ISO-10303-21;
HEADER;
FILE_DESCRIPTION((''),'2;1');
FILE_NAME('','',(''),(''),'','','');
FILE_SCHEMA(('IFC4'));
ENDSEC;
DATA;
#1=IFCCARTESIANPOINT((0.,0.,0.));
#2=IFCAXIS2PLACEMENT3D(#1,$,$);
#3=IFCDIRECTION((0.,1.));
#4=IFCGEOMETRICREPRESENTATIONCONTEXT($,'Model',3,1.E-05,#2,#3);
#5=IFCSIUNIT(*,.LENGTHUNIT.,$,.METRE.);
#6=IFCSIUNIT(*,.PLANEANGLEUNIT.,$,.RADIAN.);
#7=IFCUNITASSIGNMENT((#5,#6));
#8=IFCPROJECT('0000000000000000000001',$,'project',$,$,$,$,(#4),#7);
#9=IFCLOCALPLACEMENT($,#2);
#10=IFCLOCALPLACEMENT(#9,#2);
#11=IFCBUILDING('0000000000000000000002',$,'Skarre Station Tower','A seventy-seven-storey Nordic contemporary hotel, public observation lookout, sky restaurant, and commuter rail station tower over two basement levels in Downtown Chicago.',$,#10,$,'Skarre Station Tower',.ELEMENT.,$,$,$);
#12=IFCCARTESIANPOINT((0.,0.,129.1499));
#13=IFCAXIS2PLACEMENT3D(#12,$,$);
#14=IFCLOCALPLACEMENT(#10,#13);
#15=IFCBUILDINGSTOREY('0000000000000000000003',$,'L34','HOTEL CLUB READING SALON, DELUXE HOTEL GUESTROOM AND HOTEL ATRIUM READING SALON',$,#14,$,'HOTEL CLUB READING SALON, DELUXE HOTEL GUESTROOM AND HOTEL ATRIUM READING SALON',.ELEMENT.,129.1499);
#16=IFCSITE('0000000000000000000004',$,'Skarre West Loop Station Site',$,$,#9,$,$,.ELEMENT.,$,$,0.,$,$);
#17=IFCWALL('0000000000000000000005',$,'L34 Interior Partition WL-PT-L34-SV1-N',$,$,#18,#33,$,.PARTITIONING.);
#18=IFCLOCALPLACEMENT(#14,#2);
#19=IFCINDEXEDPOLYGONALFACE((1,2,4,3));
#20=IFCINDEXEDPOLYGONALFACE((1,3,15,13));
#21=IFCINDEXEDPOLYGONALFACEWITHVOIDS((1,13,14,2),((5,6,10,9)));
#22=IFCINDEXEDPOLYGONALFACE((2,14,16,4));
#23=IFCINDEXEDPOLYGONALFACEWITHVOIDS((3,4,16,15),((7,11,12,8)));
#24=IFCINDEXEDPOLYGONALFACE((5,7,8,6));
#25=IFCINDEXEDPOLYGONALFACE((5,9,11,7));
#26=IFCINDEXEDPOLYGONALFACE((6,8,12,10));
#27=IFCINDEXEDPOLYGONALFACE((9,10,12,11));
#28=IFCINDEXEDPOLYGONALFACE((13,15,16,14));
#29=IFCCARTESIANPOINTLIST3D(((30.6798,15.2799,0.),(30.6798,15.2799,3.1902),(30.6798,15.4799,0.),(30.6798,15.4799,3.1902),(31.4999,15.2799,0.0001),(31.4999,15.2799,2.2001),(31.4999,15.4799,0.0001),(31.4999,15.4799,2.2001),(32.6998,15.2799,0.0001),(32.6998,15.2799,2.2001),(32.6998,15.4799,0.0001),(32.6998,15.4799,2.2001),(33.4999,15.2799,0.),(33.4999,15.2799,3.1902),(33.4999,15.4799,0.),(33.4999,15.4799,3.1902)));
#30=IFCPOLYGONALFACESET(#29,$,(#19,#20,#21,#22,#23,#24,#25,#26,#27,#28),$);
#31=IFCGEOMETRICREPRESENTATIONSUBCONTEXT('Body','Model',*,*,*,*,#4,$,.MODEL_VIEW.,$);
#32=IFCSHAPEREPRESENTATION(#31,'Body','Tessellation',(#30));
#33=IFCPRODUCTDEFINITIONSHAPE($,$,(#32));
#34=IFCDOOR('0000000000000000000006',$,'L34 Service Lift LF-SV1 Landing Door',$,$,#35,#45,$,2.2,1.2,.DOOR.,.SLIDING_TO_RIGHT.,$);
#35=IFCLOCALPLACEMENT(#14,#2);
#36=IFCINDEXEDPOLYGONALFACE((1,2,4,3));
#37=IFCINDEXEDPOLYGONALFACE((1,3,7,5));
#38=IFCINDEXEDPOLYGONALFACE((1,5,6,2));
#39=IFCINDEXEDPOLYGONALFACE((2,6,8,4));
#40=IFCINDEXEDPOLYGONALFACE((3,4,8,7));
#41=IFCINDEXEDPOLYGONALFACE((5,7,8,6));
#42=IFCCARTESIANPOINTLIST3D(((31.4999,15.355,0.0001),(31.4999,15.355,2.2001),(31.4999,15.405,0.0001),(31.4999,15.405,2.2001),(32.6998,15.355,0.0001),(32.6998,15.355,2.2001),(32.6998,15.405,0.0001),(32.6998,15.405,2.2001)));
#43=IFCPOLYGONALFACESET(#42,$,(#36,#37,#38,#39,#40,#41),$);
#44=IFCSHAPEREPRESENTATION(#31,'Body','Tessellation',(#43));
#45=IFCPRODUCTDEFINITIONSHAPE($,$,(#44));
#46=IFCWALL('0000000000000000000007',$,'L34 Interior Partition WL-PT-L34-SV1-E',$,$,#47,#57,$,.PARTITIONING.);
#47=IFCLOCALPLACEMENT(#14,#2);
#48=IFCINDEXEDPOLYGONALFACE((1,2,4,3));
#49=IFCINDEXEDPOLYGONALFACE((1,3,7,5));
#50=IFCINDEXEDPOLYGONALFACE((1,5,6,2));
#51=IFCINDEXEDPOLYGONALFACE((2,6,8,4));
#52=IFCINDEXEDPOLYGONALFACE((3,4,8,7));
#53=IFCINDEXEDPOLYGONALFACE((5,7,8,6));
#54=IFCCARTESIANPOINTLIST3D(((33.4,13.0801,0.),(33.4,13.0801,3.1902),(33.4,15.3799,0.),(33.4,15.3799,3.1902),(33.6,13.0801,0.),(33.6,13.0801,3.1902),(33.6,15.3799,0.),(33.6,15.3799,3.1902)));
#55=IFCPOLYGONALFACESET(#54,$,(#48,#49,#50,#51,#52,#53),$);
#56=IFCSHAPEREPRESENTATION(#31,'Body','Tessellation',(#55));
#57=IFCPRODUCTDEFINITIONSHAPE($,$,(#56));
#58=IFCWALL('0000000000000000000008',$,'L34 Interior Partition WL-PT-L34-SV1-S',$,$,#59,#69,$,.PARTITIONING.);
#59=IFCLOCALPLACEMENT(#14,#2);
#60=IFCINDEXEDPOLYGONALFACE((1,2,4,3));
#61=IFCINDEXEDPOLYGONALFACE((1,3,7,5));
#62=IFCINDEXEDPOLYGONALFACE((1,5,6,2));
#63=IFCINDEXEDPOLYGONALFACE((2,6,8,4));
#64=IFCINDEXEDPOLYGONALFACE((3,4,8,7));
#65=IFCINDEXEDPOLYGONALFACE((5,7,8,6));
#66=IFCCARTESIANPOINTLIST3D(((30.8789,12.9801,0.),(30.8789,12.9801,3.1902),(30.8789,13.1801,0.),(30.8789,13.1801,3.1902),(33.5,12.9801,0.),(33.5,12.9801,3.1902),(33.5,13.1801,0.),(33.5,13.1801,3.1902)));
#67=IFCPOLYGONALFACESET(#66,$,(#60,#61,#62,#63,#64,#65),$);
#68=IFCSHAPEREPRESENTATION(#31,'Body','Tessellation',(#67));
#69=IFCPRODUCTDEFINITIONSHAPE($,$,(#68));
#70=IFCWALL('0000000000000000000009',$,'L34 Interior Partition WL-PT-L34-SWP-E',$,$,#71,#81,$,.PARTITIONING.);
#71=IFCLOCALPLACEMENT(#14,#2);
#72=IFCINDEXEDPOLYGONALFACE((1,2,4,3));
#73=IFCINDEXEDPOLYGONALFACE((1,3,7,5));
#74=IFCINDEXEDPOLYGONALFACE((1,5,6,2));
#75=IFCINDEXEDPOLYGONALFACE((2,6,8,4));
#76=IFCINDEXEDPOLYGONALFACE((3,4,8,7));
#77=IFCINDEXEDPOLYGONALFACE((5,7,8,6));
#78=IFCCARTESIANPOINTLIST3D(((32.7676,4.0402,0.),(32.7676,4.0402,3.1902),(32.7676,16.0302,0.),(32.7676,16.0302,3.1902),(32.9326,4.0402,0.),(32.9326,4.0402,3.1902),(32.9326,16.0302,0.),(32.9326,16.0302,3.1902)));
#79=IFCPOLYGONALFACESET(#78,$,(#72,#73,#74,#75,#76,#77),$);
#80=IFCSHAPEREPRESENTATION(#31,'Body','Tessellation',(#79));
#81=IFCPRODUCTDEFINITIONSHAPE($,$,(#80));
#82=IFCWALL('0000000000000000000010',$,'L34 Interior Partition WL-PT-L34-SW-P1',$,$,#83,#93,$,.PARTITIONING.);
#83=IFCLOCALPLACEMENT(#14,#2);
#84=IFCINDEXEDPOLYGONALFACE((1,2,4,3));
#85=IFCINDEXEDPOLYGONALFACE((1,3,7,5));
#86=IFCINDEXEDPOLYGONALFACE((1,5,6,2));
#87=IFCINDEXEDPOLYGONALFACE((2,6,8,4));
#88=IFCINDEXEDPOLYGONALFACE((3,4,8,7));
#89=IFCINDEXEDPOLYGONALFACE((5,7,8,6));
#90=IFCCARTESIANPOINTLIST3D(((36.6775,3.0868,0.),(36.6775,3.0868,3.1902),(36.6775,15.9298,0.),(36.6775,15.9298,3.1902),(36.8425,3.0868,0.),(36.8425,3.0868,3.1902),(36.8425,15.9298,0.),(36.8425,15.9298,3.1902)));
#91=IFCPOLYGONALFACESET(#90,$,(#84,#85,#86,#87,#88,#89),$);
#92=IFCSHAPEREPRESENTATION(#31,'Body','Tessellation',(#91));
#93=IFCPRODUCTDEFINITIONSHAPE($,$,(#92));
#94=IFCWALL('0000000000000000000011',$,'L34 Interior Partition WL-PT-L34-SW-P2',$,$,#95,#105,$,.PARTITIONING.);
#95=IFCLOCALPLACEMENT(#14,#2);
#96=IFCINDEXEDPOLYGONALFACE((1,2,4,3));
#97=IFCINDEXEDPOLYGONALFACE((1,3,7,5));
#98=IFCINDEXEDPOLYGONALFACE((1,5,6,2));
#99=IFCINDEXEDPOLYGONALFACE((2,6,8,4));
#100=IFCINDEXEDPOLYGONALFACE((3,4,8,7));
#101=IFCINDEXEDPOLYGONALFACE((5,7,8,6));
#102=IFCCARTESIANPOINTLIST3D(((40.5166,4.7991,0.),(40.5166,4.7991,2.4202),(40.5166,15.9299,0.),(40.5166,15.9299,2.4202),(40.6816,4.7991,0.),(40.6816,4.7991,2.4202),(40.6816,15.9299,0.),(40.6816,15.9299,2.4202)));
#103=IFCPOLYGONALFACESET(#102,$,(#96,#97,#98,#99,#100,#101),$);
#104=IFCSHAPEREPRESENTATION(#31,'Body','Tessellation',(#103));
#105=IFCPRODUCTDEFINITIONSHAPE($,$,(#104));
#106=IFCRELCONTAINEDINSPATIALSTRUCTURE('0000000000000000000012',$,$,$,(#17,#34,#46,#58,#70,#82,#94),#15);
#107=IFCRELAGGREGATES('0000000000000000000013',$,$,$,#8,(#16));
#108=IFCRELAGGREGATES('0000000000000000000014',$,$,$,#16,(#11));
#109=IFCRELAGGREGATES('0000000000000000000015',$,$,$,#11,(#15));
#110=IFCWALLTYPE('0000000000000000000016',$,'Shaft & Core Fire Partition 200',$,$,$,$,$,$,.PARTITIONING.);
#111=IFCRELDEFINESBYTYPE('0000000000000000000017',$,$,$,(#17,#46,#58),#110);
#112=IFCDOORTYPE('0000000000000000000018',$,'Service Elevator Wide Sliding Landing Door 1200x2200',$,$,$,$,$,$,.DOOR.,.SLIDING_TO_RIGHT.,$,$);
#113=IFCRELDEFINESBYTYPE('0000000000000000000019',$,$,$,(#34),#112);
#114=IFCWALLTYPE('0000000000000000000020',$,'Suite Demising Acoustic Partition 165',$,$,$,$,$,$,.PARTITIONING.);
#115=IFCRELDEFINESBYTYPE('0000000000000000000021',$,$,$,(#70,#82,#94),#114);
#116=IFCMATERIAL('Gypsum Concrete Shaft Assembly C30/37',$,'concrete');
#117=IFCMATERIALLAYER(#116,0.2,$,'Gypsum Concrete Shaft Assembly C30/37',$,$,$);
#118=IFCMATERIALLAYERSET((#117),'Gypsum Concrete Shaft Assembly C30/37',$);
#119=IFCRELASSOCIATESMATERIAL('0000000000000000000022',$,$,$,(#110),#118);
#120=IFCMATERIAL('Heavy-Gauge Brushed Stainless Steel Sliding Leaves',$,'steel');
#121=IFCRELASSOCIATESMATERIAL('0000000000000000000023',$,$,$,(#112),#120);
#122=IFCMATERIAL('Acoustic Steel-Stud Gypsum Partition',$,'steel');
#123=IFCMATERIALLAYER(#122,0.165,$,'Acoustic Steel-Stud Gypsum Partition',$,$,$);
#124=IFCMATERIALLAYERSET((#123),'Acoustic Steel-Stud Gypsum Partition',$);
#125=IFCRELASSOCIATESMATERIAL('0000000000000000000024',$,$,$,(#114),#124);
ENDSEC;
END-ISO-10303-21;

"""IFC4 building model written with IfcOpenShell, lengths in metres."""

from ifc_helpers import new_model, si_unit, direction, frame, frame_2d, origin, place, context, subcontext, project, spatial, rectangle, extrude, material, layer, layer_set, type_object, element, fill, save


model = new_model("IFC4")

# Units and contexts
model_context = context("Model", 3, precision=1e-05, world=origin(), true_north=direction((0.0, 1.0)))
body_context = subcontext(model_context, "Body", "Model", "MODEL_VIEW")
ifc_project = project(units=[si_unit("LENGTHUNIT", "METRE"), si_unit("PLANEANGLEUNIT", "RADIAN")], contexts=[model_context])

# Site, building, storey
site_placement = place(None, origin())
site = spatial("IfcSite", under=ifc_project, at=site_placement, Name="Skarre West Loop Station Site", CompositionType="ELEMENT", RefElevation=0.0)
building_placement = place(site_placement, origin())
building = spatial("IfcBuilding", under=site, at=building_placement, Name="Skarre Station Tower", Description="A seventy-seven-storey Nordic contemporary hotel, public observation lookout, sky restaurant, and commuter rail station tower over two basement levels in Downtown Chicago.", LongName="Skarre Station Tower", CompositionType="ELEMENT")
storey_placement = place(building_placement, frame((0.0, 0.0, 129.1499)))
storey = spatial("IfcBuildingStorey", under=building, at=storey_placement, Name="L34", Description="HOTEL CLUB READING SALON, DELUXE HOTEL GUESTROOM AND HOTEL ATRIUM READING SALON", LongName="HOTEL CLUB READING SALON, DELUXE HOTEL GUESTROOM AND HOTEL ATRIUM READING SALON", CompositionType="ELEMENT", Elevation=129.1499)

# Wall, opening, door
ifc_material_1 = material(Name="Gypsum Concrete Shaft Assembly C30/37", Category="concrete")
ifc_layer_1 = layer(ifc_material_1, 0.2, Name="Gypsum Concrete Shaft Assembly C30/37")
ifc_layer_set_1 = layer_set([ifc_layer_1], Name="Gypsum Concrete Shaft Assembly C30/37")
wall_type_1 = type_object("IfcWallType", Name="Shaft & Core Fire Partition 200", PredefinedType="PARTITIONING", material=ifc_layer_set_1)
wall_1_placement = place(storey_placement, frame((33.5, 15.3799, 0.0), z_axis=(0.0, 0.0, 1.0), x_axis=(-1.0, 0.0, 0.0)))
wall_1 = element("IfcWall", 1, at=wall_1_placement, inside=storey, type_object=wall_type_1, Name="L34 Interior Partition WL-PT-L34-SV1-N", PredefinedType="PARTITIONING", context=body_context, shape_type="SweptSolid", body=[
    extrude(rectangle(XDim=2.8201, YDim=0.2, at=frame_2d((1.4102, 0.0))), origin(), (0.0, 0.0, 1.0), 3.1902),
])
opening_1_placement = place(wall_1_placement, frame((0.8, 0.0, 0.0)))
opening_1 = element("IfcOpeningElement", 2, at=opening_1_placement, cuts=wall_1, PredefinedType="OPENING", context=body_context, shape_type="SweptSolid", body=[
    extrude(rectangle(XDim=1.2, YDim=2.2, at=frame_2d((0.6001, 1.1001))), frame((0.0, 0.1099, 0.0), z_axis=(0.0, -1.0, 0.0), x_axis=(1.0, 0.0, 0.0)), (0.0, 0.0, 1.0), 0.22),
])
ifc_material_2 = material(Name="Heavy-Gauge Brushed Stainless Steel Sliding Leaves", Category="steel")
door_type = type_object("IfcDoorType", Name="Service Elevator Wide Sliding Landing Door 1200x2200", OperationType="SLIDING_TO_RIGHT", PredefinedType="DOOR", material=ifc_material_2)
door_placement = place(opening_1_placement, origin())
door = element("IfcDoor", 3, at=door_placement, inside=storey, type_object=door_type, Name="L34 Service Lift LF-SV1 Landing Door", OperationType="SLIDING_TO_RIGHT", OverallHeight=2.2, OverallWidth=1.2, PredefinedType="DOOR", context=body_context, shape_type="SweptSolid", body=[
    extrude(rectangle(XDim=1.2, YDim=2.2, at=frame_2d((0.6001, 1.1001))), frame((0.0, 0.0249, 0.0), z_axis=(0.0, -1.0, 0.0), x_axis=(1.0, 0.0, 0.0)), (0.0, 0.0, 1.0), 0.05),
])
fill(opening_1, door)

# Walls
wall_2_placement = place(storey_placement, frame((33.5, 13.0801, 0.0), z_axis=(0.0, 0.0, 1.0), x_axis=(0.0, 1.0, 0.0)))
element("IfcWall", 4, at=wall_2_placement, inside=storey, type_object=wall_type_1, Name="L34 Interior Partition WL-PT-L34-SV1-E", PredefinedType="PARTITIONING", context=body_context, shape_type="SweptSolid", body=[
    extrude(rectangle(XDim=2.2998, YDim=0.2, at=frame_2d((1.1499, 0.0))), origin(), (0.0, 0.0, 1.0), 3.1902),
])
wall_3_placement = place(storey_placement, frame((30.8789, 13.0801, 0.0), z_axis=(0.0, 0.0, 1.0), x_axis=(1.0, 0.0, 0.0)))
element("IfcWall", 5, at=wall_3_placement, inside=storey, type_object=wall_type_1, Name="L34 Interior Partition WL-PT-L34-SV1-S", PredefinedType="PARTITIONING", context=body_context, shape_type="SweptSolid", body=[
    extrude(rectangle(XDim=2.6211, YDim=0.2, at=frame_2d((1.3105, 0.0))), origin(), (0.0, 0.0, 1.0), 3.1902),
])
ifc_material_3 = material(Name="Acoustic Steel-Stud Gypsum Partition", Category="steel")
ifc_layer_2 = layer(ifc_material_3, 0.165, Name="Acoustic Steel-Stud Gypsum Partition")
ifc_layer_set_2 = layer_set([ifc_layer_2], Name="Acoustic Steel-Stud Gypsum Partition")
wall_type_2 = type_object("IfcWallType", Name="Suite Demising Acoustic Partition 165", PredefinedType="PARTITIONING", material=ifc_layer_set_2)
wall_4_placement = place(storey_placement, frame((32.8501, 4.04, 0.0), z_axis=(0.0, 0.0, 1.0), x_axis=(0.0, 1.0, 0.0)))
element("IfcWall", 6, at=wall_4_placement, inside=storey, type_object=wall_type_2, Name="L34 Interior Partition WL-PT-L34-SWP-E", PredefinedType="PARTITIONING", context=body_context, shape_type="SweptSolid", body=[
    extrude(rectangle(XDim=11.99, YDim=0.165, at=frame_2d((5.9951, 0.0))), origin(), (0.0, 0.0, 1.0), 3.1902),
])
wall_5_placement = place(storey_placement, frame((36.76, 3.0869, 0.0), z_axis=(0.0, 0.0, 1.0), x_axis=(0.0, 1.0, 0.0)))
element("IfcWall", 7, at=wall_5_placement, inside=storey, type_object=wall_type_2, Name="L34 Interior Partition WL-PT-L34-SW-P1", PredefinedType="PARTITIONING", context=body_context, shape_type="SweptSolid", body=[
    extrude(rectangle(XDim=12.843, YDim=0.165, at=frame_2d((6.4214, 0.0))), origin(), (0.0, 0.0, 1.0), 3.1902),
])
wall_6_placement = place(storey_placement, frame((40.5991, 4.7991, 0.0), z_axis=(0.0, 0.0, 1.0), x_axis=(0.0, 1.0, 0.0)))
element("IfcWall", 8, at=wall_6_placement, inside=storey, type_object=wall_type_2, Name="L34 Interior Partition WL-PT-L34-SW-P2", PredefinedType="PARTITIONING", context=body_context, shape_type="SweptSolid", body=[
    extrude(rectangle(XDim=11.1309, YDim=0.165, at=frame_2d((5.5654, 0.0))), origin(), (0.0, 0.0, 1.0), 2.4202),
])

save(model, "model.ifc")
